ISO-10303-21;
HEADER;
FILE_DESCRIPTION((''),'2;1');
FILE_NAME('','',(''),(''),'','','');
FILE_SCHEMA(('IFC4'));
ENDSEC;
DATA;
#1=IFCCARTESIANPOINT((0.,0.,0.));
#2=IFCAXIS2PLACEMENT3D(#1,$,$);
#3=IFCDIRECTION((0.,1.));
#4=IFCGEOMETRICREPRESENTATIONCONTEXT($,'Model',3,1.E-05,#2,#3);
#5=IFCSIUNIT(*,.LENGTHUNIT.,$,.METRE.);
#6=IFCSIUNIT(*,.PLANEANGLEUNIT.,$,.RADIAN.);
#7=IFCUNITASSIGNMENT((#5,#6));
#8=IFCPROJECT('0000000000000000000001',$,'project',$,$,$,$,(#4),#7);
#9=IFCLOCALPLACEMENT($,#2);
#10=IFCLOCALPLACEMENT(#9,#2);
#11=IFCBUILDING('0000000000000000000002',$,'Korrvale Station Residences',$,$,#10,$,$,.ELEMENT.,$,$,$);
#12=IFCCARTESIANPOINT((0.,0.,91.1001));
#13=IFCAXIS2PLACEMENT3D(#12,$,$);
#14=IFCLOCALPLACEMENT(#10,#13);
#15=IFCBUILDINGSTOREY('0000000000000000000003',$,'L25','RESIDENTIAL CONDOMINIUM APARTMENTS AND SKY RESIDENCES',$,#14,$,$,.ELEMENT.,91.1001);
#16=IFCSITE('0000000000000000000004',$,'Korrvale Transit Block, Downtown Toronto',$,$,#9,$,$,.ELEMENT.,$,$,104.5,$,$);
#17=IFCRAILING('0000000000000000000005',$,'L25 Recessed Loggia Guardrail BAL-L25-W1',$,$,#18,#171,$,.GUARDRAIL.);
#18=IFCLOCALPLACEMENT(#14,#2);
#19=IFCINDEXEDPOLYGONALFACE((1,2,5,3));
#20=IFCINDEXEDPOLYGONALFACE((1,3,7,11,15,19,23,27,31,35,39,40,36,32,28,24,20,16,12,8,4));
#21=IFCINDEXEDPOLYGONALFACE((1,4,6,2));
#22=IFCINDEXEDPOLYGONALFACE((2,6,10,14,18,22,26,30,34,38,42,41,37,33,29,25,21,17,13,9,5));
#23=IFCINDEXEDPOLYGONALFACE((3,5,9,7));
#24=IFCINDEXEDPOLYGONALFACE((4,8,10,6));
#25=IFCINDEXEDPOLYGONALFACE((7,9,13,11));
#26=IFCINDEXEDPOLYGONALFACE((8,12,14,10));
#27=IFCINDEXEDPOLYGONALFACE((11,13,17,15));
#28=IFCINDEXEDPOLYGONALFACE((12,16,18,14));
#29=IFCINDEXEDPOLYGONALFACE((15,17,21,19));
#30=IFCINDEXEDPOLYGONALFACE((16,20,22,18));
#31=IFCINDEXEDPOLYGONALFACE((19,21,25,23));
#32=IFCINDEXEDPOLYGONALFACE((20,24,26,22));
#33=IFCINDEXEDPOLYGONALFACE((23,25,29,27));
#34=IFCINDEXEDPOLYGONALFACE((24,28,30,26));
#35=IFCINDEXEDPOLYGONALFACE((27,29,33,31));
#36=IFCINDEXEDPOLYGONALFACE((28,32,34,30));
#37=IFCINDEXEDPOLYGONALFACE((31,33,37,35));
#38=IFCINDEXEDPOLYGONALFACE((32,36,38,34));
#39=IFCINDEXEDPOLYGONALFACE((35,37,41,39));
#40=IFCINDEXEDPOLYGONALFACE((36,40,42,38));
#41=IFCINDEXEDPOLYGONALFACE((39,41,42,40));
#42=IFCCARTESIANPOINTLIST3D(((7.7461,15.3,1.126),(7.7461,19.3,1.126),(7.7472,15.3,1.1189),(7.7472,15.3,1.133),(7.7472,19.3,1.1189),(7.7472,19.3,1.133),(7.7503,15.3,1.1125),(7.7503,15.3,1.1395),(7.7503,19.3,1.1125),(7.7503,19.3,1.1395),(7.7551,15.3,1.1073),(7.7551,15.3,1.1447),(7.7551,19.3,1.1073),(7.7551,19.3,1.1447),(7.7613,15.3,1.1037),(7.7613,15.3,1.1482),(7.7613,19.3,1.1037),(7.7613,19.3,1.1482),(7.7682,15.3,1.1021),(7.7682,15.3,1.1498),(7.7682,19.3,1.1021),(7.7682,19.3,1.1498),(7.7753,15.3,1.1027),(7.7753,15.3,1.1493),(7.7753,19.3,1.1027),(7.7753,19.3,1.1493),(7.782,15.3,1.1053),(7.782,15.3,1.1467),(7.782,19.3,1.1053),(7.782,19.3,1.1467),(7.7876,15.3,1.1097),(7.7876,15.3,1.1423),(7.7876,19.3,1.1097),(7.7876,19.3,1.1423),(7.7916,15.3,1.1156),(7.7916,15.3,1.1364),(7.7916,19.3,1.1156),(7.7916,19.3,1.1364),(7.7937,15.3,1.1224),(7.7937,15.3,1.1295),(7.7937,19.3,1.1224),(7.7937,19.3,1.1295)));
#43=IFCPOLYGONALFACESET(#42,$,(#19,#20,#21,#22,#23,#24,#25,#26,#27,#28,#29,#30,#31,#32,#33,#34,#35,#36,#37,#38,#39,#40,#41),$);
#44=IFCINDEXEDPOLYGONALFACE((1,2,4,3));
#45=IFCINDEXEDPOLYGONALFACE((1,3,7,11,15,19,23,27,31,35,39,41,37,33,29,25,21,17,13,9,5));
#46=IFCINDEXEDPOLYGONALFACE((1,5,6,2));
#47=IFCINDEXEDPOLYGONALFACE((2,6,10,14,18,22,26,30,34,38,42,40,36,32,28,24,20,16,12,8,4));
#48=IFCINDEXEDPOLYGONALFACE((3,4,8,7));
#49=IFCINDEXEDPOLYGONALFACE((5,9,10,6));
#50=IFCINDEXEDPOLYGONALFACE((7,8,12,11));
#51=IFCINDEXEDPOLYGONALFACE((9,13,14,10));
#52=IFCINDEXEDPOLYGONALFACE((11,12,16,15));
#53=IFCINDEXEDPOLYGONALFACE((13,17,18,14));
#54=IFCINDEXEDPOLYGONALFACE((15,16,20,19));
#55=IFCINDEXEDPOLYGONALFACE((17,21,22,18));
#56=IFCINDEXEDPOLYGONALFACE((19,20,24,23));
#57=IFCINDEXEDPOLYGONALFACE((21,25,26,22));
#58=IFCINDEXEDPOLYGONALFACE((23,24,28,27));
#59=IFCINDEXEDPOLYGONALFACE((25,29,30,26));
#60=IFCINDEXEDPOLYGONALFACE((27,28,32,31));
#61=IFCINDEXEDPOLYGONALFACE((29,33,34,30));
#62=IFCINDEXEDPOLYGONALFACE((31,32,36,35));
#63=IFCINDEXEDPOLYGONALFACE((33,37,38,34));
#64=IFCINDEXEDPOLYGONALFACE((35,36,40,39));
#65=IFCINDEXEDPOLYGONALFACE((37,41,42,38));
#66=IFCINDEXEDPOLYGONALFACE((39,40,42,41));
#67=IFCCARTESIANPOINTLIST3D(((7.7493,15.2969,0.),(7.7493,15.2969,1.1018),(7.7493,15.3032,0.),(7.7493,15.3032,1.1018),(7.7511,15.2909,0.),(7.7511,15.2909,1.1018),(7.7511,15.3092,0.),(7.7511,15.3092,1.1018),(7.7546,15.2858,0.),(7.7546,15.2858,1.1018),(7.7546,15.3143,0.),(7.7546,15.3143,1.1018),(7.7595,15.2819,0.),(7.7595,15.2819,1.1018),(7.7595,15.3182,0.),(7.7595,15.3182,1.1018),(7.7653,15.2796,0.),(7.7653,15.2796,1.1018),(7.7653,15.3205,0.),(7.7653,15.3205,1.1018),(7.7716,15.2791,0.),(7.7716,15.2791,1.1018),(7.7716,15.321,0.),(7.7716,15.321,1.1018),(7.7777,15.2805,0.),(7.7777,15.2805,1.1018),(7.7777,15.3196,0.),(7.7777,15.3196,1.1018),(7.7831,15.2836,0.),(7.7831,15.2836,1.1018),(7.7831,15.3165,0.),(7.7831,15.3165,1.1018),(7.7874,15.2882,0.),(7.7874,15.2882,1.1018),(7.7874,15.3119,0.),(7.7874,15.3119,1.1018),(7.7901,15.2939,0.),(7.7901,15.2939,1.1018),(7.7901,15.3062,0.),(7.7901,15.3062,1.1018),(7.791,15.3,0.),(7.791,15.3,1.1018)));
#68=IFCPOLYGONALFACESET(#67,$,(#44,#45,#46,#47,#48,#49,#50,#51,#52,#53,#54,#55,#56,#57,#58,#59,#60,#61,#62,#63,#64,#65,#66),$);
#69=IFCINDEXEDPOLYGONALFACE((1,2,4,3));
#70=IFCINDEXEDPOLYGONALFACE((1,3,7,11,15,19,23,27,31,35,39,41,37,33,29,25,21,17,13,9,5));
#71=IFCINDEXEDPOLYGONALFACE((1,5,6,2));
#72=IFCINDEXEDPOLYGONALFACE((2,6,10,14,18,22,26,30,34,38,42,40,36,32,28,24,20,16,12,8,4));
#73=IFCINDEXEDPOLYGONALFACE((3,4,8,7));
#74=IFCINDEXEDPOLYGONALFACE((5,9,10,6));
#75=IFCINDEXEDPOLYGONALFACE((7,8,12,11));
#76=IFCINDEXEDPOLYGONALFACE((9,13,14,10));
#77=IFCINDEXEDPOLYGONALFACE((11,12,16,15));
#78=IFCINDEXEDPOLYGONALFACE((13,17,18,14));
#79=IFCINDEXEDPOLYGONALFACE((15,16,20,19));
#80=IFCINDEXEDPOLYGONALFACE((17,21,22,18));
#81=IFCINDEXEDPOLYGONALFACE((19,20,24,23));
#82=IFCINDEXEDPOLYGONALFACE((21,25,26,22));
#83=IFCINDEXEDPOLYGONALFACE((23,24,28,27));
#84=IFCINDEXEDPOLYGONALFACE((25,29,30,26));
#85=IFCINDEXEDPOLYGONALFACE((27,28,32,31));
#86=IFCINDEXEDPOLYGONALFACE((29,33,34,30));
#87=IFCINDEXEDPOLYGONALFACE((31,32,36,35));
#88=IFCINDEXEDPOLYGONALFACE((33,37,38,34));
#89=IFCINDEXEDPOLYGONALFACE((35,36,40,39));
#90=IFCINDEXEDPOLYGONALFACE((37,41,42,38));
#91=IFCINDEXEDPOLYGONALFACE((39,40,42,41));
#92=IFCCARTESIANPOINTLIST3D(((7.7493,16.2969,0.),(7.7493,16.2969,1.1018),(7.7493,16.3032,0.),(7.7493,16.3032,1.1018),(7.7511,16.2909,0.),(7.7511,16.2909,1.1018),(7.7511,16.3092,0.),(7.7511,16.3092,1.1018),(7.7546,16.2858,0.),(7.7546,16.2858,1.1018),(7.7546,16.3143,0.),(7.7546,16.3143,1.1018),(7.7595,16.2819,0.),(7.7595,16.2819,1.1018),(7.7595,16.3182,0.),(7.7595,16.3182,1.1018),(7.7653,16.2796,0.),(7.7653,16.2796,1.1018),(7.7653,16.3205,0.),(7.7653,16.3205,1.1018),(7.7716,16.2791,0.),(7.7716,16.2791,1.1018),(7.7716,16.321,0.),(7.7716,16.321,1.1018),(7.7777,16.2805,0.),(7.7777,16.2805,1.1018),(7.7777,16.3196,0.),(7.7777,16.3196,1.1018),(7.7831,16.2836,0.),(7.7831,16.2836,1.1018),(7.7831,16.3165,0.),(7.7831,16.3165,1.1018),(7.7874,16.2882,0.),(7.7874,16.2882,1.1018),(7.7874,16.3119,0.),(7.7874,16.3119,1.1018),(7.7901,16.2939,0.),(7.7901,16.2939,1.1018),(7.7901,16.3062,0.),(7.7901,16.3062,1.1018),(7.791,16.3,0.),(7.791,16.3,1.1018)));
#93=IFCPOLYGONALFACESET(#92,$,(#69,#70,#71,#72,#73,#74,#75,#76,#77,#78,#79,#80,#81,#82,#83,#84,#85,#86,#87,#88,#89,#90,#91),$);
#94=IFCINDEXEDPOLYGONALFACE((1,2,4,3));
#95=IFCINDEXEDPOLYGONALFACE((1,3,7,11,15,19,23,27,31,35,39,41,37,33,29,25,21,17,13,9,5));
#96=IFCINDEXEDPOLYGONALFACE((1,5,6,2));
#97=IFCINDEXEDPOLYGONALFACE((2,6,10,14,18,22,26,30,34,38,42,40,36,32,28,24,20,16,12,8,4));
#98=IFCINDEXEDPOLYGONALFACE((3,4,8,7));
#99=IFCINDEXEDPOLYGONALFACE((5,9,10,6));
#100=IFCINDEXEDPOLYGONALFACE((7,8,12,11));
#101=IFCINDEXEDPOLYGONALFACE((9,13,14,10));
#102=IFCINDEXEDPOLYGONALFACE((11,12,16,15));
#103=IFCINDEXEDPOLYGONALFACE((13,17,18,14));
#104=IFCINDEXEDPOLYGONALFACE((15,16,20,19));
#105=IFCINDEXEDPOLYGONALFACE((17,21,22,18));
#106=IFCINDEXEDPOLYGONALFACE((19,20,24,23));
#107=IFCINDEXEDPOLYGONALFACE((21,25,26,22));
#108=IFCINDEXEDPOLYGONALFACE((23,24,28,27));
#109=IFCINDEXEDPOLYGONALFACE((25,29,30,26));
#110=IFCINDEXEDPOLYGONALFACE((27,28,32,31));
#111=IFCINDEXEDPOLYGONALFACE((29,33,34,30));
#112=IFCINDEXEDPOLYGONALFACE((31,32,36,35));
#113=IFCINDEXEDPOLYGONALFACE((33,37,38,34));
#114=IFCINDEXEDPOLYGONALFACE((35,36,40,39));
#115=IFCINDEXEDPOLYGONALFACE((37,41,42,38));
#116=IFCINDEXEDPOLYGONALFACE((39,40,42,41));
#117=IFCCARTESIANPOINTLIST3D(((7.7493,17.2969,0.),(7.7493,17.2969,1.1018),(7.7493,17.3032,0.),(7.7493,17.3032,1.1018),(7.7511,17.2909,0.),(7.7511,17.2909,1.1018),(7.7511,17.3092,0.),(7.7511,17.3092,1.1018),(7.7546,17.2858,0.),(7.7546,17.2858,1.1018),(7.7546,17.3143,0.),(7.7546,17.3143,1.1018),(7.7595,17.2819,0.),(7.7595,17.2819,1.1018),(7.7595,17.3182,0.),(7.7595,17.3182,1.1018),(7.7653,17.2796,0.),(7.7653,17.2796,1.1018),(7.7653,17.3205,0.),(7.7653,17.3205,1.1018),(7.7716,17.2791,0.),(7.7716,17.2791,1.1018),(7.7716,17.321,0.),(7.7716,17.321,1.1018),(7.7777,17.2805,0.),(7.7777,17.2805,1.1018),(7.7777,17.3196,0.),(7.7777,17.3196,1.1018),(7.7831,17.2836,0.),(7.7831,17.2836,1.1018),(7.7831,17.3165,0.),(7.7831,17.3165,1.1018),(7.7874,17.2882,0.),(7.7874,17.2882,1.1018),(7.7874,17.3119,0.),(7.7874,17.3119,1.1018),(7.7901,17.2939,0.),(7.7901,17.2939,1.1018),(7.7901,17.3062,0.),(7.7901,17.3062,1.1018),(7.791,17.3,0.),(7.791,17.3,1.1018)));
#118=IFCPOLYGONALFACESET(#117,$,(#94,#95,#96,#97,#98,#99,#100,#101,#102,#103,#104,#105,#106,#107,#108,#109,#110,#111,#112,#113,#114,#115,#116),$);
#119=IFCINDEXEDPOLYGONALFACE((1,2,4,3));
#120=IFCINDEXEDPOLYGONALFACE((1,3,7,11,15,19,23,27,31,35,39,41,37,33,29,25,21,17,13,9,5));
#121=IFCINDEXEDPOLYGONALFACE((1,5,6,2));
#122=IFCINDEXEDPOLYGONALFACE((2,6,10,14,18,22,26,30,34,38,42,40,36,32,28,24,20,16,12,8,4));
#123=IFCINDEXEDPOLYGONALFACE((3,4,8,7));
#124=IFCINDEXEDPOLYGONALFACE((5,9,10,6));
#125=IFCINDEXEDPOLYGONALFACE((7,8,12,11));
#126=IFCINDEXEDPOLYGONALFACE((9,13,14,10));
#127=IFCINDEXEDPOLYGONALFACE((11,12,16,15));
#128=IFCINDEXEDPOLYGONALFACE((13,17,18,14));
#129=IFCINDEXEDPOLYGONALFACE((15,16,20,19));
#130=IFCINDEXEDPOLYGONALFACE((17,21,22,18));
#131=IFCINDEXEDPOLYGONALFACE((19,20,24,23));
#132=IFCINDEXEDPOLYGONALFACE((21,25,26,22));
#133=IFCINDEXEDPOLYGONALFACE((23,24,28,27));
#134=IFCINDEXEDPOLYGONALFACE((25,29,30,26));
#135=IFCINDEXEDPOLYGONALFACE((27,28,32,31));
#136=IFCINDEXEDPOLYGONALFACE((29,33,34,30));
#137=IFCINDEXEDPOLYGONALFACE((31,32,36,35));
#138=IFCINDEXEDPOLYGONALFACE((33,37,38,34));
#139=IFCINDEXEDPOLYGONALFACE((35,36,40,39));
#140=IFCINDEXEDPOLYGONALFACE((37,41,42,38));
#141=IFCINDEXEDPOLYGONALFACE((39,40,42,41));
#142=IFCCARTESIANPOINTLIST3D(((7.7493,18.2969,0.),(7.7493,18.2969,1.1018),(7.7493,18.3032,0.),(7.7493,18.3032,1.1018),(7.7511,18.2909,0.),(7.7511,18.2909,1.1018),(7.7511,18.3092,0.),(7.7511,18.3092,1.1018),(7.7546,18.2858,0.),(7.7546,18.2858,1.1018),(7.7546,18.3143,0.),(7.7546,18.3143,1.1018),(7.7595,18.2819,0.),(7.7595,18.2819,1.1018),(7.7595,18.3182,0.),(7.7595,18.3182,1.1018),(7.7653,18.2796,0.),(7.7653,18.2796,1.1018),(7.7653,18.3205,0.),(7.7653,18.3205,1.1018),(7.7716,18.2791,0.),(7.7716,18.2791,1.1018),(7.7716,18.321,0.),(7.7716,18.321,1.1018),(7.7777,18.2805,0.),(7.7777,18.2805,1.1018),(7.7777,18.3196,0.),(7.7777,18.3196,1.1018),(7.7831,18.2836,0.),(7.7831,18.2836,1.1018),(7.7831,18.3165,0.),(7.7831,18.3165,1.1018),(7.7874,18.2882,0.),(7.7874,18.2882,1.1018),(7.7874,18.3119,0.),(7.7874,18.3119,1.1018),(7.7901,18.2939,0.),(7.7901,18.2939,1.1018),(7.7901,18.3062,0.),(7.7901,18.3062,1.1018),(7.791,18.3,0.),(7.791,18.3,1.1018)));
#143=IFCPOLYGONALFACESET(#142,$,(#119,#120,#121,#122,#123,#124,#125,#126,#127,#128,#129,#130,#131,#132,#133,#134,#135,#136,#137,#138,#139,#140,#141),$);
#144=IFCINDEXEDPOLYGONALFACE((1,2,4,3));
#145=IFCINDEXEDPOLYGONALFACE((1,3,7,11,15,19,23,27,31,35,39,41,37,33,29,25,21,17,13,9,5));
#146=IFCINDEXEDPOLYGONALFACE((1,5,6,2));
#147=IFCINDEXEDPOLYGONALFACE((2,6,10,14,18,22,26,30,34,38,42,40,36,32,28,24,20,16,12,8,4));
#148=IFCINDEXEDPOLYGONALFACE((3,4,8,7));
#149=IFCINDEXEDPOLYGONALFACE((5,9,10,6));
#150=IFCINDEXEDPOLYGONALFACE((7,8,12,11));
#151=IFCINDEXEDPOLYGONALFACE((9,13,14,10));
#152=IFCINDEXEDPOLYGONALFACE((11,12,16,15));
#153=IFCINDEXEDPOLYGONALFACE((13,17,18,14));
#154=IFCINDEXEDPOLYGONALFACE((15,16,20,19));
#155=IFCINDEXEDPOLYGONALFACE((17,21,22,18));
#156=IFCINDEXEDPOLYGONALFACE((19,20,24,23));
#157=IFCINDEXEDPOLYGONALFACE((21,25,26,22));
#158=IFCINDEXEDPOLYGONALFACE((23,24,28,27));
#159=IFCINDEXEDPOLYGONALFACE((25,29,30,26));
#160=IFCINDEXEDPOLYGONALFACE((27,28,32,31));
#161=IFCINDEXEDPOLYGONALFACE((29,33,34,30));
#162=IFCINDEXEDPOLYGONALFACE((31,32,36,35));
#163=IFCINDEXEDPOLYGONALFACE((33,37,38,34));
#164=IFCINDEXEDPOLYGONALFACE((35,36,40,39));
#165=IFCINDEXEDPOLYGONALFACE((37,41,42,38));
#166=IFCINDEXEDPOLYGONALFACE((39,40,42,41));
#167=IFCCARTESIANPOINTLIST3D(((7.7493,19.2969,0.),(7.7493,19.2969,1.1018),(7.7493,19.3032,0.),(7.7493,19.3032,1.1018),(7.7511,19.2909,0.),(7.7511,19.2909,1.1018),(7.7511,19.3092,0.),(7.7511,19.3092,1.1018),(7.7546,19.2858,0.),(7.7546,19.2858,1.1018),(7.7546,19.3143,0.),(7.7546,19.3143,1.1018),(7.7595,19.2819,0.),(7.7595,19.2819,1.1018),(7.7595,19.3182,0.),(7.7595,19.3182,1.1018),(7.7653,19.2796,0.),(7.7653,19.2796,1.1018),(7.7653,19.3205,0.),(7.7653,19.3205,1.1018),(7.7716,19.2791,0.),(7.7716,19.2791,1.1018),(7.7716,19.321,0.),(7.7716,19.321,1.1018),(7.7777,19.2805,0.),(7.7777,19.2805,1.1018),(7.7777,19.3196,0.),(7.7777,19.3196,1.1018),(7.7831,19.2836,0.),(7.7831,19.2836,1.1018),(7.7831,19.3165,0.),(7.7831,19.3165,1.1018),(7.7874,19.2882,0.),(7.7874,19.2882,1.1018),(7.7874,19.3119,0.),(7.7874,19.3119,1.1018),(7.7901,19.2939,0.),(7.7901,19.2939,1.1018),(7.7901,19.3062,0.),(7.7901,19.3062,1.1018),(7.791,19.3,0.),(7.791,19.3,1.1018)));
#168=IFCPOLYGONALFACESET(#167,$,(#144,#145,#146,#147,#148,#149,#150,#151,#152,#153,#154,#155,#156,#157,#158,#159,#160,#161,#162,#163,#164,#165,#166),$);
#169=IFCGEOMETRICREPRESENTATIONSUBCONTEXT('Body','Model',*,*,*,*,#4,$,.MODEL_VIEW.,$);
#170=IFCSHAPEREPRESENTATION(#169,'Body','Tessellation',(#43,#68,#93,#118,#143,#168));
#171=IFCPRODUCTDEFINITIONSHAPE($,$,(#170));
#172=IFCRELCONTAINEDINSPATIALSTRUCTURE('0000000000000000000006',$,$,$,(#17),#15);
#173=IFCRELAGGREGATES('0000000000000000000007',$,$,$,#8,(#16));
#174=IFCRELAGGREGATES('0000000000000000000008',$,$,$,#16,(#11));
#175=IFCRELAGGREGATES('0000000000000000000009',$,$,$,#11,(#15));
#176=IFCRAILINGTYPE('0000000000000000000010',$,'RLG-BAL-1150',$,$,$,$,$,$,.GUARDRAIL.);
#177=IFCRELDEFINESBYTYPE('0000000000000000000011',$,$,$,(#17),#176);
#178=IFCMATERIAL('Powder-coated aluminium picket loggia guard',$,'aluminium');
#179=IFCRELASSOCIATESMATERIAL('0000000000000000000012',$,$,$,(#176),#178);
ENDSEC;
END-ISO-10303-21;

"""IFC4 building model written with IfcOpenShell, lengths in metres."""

from ifc_helpers import new_model, si_unit, direction, frame, origin, origin_2d, place, context, subcontext, project, spatial, circle, extrude, material, type_object, element, save


model = new_model("IFC4")

# Units and contexts
model_context = context("Model", 3, precision=1e-05, world=origin(), true_north=direction((0.0, 1.0)))
body_context = subcontext(model_context, "Body", "Model", "MODEL_VIEW")
ifc_project = project(units=[si_unit("LENGTHUNIT", "METRE"), si_unit("PLANEANGLEUNIT", "RADIAN")], contexts=[model_context])

# Site, building, storey
site_placement = place(None, origin())
site = spatial("IfcSite", under=ifc_project, at=site_placement, Name="Korrvale Transit Block, Downtown Toronto", CompositionType="ELEMENT", RefElevation=104.5)
building_placement = place(site_placement, origin())
building = spatial("IfcBuilding", under=site, at=building_placement, Name="Korrvale Station Residences", CompositionType="ELEMENT")
storey_placement = place(building_placement, frame((0.0, 0.0, 91.1001)))
storey = spatial("IfcBuildingStorey", under=building, at=storey_placement, Name="L25", Description="RESIDENTIAL CONDOMINIUM APARTMENTS AND SKY RESIDENCES", CompositionType="ELEMENT", Elevation=91.1001)

# Railing
ifc_material_1 = material(Name="Powder-coated aluminium picket loggia guard", Category="aluminium")
railing_type = type_object("IfcRailingType", Name="RLG-BAL-1150", PredefinedType="GUARDRAIL", material=ifc_material_1)
railing_placement = place(storey_placement, frame((7.77, 15.3, 0.0)))
element("IfcRailing", 1, at=railing_placement, inside=storey, type_object=railing_type, Name="L25 Recessed Loggia Guardrail BAL-L25-W1", PredefinedType="GUARDRAIL", context=body_context, shape_type="SweptSolid", body=[
    extrude(circle(Radius=0.0239, at=origin_2d()), frame((0.0, 0.0, 1.126), z_axis=(0.0, 1.0, 0.0), x_axis=(-1.0, 0.0, 0.0)), (0.0, 0.0, 1.0), 4.0),
    extrude(circle(Radius=0.021, at=origin_2d()), origin(), (0.0, 0.0, 1.0), 1.1018),
    extrude(circle(Radius=0.021, at=origin_2d()), frame((0.0, 1.0, 0.0)), (0.0, 0.0, 1.0), 1.1018),
    extrude(circle(Radius=0.021, at=origin_2d()), frame((0.0, 2.0, 0.0)), (0.0, 0.0, 1.0), 1.1018),
    extrude(circle(Radius=0.021, at=origin_2d()), frame((0.0, 3.0, 0.0)), (0.0, 0.0, 1.0), 1.1018),
    extrude(circle(Radius=0.021, at=origin_2d()), frame((0.0, 4.0, 0.0)), (0.0, 0.0, 1.0), 1.1018),
])

save(model, "model.ifc")
